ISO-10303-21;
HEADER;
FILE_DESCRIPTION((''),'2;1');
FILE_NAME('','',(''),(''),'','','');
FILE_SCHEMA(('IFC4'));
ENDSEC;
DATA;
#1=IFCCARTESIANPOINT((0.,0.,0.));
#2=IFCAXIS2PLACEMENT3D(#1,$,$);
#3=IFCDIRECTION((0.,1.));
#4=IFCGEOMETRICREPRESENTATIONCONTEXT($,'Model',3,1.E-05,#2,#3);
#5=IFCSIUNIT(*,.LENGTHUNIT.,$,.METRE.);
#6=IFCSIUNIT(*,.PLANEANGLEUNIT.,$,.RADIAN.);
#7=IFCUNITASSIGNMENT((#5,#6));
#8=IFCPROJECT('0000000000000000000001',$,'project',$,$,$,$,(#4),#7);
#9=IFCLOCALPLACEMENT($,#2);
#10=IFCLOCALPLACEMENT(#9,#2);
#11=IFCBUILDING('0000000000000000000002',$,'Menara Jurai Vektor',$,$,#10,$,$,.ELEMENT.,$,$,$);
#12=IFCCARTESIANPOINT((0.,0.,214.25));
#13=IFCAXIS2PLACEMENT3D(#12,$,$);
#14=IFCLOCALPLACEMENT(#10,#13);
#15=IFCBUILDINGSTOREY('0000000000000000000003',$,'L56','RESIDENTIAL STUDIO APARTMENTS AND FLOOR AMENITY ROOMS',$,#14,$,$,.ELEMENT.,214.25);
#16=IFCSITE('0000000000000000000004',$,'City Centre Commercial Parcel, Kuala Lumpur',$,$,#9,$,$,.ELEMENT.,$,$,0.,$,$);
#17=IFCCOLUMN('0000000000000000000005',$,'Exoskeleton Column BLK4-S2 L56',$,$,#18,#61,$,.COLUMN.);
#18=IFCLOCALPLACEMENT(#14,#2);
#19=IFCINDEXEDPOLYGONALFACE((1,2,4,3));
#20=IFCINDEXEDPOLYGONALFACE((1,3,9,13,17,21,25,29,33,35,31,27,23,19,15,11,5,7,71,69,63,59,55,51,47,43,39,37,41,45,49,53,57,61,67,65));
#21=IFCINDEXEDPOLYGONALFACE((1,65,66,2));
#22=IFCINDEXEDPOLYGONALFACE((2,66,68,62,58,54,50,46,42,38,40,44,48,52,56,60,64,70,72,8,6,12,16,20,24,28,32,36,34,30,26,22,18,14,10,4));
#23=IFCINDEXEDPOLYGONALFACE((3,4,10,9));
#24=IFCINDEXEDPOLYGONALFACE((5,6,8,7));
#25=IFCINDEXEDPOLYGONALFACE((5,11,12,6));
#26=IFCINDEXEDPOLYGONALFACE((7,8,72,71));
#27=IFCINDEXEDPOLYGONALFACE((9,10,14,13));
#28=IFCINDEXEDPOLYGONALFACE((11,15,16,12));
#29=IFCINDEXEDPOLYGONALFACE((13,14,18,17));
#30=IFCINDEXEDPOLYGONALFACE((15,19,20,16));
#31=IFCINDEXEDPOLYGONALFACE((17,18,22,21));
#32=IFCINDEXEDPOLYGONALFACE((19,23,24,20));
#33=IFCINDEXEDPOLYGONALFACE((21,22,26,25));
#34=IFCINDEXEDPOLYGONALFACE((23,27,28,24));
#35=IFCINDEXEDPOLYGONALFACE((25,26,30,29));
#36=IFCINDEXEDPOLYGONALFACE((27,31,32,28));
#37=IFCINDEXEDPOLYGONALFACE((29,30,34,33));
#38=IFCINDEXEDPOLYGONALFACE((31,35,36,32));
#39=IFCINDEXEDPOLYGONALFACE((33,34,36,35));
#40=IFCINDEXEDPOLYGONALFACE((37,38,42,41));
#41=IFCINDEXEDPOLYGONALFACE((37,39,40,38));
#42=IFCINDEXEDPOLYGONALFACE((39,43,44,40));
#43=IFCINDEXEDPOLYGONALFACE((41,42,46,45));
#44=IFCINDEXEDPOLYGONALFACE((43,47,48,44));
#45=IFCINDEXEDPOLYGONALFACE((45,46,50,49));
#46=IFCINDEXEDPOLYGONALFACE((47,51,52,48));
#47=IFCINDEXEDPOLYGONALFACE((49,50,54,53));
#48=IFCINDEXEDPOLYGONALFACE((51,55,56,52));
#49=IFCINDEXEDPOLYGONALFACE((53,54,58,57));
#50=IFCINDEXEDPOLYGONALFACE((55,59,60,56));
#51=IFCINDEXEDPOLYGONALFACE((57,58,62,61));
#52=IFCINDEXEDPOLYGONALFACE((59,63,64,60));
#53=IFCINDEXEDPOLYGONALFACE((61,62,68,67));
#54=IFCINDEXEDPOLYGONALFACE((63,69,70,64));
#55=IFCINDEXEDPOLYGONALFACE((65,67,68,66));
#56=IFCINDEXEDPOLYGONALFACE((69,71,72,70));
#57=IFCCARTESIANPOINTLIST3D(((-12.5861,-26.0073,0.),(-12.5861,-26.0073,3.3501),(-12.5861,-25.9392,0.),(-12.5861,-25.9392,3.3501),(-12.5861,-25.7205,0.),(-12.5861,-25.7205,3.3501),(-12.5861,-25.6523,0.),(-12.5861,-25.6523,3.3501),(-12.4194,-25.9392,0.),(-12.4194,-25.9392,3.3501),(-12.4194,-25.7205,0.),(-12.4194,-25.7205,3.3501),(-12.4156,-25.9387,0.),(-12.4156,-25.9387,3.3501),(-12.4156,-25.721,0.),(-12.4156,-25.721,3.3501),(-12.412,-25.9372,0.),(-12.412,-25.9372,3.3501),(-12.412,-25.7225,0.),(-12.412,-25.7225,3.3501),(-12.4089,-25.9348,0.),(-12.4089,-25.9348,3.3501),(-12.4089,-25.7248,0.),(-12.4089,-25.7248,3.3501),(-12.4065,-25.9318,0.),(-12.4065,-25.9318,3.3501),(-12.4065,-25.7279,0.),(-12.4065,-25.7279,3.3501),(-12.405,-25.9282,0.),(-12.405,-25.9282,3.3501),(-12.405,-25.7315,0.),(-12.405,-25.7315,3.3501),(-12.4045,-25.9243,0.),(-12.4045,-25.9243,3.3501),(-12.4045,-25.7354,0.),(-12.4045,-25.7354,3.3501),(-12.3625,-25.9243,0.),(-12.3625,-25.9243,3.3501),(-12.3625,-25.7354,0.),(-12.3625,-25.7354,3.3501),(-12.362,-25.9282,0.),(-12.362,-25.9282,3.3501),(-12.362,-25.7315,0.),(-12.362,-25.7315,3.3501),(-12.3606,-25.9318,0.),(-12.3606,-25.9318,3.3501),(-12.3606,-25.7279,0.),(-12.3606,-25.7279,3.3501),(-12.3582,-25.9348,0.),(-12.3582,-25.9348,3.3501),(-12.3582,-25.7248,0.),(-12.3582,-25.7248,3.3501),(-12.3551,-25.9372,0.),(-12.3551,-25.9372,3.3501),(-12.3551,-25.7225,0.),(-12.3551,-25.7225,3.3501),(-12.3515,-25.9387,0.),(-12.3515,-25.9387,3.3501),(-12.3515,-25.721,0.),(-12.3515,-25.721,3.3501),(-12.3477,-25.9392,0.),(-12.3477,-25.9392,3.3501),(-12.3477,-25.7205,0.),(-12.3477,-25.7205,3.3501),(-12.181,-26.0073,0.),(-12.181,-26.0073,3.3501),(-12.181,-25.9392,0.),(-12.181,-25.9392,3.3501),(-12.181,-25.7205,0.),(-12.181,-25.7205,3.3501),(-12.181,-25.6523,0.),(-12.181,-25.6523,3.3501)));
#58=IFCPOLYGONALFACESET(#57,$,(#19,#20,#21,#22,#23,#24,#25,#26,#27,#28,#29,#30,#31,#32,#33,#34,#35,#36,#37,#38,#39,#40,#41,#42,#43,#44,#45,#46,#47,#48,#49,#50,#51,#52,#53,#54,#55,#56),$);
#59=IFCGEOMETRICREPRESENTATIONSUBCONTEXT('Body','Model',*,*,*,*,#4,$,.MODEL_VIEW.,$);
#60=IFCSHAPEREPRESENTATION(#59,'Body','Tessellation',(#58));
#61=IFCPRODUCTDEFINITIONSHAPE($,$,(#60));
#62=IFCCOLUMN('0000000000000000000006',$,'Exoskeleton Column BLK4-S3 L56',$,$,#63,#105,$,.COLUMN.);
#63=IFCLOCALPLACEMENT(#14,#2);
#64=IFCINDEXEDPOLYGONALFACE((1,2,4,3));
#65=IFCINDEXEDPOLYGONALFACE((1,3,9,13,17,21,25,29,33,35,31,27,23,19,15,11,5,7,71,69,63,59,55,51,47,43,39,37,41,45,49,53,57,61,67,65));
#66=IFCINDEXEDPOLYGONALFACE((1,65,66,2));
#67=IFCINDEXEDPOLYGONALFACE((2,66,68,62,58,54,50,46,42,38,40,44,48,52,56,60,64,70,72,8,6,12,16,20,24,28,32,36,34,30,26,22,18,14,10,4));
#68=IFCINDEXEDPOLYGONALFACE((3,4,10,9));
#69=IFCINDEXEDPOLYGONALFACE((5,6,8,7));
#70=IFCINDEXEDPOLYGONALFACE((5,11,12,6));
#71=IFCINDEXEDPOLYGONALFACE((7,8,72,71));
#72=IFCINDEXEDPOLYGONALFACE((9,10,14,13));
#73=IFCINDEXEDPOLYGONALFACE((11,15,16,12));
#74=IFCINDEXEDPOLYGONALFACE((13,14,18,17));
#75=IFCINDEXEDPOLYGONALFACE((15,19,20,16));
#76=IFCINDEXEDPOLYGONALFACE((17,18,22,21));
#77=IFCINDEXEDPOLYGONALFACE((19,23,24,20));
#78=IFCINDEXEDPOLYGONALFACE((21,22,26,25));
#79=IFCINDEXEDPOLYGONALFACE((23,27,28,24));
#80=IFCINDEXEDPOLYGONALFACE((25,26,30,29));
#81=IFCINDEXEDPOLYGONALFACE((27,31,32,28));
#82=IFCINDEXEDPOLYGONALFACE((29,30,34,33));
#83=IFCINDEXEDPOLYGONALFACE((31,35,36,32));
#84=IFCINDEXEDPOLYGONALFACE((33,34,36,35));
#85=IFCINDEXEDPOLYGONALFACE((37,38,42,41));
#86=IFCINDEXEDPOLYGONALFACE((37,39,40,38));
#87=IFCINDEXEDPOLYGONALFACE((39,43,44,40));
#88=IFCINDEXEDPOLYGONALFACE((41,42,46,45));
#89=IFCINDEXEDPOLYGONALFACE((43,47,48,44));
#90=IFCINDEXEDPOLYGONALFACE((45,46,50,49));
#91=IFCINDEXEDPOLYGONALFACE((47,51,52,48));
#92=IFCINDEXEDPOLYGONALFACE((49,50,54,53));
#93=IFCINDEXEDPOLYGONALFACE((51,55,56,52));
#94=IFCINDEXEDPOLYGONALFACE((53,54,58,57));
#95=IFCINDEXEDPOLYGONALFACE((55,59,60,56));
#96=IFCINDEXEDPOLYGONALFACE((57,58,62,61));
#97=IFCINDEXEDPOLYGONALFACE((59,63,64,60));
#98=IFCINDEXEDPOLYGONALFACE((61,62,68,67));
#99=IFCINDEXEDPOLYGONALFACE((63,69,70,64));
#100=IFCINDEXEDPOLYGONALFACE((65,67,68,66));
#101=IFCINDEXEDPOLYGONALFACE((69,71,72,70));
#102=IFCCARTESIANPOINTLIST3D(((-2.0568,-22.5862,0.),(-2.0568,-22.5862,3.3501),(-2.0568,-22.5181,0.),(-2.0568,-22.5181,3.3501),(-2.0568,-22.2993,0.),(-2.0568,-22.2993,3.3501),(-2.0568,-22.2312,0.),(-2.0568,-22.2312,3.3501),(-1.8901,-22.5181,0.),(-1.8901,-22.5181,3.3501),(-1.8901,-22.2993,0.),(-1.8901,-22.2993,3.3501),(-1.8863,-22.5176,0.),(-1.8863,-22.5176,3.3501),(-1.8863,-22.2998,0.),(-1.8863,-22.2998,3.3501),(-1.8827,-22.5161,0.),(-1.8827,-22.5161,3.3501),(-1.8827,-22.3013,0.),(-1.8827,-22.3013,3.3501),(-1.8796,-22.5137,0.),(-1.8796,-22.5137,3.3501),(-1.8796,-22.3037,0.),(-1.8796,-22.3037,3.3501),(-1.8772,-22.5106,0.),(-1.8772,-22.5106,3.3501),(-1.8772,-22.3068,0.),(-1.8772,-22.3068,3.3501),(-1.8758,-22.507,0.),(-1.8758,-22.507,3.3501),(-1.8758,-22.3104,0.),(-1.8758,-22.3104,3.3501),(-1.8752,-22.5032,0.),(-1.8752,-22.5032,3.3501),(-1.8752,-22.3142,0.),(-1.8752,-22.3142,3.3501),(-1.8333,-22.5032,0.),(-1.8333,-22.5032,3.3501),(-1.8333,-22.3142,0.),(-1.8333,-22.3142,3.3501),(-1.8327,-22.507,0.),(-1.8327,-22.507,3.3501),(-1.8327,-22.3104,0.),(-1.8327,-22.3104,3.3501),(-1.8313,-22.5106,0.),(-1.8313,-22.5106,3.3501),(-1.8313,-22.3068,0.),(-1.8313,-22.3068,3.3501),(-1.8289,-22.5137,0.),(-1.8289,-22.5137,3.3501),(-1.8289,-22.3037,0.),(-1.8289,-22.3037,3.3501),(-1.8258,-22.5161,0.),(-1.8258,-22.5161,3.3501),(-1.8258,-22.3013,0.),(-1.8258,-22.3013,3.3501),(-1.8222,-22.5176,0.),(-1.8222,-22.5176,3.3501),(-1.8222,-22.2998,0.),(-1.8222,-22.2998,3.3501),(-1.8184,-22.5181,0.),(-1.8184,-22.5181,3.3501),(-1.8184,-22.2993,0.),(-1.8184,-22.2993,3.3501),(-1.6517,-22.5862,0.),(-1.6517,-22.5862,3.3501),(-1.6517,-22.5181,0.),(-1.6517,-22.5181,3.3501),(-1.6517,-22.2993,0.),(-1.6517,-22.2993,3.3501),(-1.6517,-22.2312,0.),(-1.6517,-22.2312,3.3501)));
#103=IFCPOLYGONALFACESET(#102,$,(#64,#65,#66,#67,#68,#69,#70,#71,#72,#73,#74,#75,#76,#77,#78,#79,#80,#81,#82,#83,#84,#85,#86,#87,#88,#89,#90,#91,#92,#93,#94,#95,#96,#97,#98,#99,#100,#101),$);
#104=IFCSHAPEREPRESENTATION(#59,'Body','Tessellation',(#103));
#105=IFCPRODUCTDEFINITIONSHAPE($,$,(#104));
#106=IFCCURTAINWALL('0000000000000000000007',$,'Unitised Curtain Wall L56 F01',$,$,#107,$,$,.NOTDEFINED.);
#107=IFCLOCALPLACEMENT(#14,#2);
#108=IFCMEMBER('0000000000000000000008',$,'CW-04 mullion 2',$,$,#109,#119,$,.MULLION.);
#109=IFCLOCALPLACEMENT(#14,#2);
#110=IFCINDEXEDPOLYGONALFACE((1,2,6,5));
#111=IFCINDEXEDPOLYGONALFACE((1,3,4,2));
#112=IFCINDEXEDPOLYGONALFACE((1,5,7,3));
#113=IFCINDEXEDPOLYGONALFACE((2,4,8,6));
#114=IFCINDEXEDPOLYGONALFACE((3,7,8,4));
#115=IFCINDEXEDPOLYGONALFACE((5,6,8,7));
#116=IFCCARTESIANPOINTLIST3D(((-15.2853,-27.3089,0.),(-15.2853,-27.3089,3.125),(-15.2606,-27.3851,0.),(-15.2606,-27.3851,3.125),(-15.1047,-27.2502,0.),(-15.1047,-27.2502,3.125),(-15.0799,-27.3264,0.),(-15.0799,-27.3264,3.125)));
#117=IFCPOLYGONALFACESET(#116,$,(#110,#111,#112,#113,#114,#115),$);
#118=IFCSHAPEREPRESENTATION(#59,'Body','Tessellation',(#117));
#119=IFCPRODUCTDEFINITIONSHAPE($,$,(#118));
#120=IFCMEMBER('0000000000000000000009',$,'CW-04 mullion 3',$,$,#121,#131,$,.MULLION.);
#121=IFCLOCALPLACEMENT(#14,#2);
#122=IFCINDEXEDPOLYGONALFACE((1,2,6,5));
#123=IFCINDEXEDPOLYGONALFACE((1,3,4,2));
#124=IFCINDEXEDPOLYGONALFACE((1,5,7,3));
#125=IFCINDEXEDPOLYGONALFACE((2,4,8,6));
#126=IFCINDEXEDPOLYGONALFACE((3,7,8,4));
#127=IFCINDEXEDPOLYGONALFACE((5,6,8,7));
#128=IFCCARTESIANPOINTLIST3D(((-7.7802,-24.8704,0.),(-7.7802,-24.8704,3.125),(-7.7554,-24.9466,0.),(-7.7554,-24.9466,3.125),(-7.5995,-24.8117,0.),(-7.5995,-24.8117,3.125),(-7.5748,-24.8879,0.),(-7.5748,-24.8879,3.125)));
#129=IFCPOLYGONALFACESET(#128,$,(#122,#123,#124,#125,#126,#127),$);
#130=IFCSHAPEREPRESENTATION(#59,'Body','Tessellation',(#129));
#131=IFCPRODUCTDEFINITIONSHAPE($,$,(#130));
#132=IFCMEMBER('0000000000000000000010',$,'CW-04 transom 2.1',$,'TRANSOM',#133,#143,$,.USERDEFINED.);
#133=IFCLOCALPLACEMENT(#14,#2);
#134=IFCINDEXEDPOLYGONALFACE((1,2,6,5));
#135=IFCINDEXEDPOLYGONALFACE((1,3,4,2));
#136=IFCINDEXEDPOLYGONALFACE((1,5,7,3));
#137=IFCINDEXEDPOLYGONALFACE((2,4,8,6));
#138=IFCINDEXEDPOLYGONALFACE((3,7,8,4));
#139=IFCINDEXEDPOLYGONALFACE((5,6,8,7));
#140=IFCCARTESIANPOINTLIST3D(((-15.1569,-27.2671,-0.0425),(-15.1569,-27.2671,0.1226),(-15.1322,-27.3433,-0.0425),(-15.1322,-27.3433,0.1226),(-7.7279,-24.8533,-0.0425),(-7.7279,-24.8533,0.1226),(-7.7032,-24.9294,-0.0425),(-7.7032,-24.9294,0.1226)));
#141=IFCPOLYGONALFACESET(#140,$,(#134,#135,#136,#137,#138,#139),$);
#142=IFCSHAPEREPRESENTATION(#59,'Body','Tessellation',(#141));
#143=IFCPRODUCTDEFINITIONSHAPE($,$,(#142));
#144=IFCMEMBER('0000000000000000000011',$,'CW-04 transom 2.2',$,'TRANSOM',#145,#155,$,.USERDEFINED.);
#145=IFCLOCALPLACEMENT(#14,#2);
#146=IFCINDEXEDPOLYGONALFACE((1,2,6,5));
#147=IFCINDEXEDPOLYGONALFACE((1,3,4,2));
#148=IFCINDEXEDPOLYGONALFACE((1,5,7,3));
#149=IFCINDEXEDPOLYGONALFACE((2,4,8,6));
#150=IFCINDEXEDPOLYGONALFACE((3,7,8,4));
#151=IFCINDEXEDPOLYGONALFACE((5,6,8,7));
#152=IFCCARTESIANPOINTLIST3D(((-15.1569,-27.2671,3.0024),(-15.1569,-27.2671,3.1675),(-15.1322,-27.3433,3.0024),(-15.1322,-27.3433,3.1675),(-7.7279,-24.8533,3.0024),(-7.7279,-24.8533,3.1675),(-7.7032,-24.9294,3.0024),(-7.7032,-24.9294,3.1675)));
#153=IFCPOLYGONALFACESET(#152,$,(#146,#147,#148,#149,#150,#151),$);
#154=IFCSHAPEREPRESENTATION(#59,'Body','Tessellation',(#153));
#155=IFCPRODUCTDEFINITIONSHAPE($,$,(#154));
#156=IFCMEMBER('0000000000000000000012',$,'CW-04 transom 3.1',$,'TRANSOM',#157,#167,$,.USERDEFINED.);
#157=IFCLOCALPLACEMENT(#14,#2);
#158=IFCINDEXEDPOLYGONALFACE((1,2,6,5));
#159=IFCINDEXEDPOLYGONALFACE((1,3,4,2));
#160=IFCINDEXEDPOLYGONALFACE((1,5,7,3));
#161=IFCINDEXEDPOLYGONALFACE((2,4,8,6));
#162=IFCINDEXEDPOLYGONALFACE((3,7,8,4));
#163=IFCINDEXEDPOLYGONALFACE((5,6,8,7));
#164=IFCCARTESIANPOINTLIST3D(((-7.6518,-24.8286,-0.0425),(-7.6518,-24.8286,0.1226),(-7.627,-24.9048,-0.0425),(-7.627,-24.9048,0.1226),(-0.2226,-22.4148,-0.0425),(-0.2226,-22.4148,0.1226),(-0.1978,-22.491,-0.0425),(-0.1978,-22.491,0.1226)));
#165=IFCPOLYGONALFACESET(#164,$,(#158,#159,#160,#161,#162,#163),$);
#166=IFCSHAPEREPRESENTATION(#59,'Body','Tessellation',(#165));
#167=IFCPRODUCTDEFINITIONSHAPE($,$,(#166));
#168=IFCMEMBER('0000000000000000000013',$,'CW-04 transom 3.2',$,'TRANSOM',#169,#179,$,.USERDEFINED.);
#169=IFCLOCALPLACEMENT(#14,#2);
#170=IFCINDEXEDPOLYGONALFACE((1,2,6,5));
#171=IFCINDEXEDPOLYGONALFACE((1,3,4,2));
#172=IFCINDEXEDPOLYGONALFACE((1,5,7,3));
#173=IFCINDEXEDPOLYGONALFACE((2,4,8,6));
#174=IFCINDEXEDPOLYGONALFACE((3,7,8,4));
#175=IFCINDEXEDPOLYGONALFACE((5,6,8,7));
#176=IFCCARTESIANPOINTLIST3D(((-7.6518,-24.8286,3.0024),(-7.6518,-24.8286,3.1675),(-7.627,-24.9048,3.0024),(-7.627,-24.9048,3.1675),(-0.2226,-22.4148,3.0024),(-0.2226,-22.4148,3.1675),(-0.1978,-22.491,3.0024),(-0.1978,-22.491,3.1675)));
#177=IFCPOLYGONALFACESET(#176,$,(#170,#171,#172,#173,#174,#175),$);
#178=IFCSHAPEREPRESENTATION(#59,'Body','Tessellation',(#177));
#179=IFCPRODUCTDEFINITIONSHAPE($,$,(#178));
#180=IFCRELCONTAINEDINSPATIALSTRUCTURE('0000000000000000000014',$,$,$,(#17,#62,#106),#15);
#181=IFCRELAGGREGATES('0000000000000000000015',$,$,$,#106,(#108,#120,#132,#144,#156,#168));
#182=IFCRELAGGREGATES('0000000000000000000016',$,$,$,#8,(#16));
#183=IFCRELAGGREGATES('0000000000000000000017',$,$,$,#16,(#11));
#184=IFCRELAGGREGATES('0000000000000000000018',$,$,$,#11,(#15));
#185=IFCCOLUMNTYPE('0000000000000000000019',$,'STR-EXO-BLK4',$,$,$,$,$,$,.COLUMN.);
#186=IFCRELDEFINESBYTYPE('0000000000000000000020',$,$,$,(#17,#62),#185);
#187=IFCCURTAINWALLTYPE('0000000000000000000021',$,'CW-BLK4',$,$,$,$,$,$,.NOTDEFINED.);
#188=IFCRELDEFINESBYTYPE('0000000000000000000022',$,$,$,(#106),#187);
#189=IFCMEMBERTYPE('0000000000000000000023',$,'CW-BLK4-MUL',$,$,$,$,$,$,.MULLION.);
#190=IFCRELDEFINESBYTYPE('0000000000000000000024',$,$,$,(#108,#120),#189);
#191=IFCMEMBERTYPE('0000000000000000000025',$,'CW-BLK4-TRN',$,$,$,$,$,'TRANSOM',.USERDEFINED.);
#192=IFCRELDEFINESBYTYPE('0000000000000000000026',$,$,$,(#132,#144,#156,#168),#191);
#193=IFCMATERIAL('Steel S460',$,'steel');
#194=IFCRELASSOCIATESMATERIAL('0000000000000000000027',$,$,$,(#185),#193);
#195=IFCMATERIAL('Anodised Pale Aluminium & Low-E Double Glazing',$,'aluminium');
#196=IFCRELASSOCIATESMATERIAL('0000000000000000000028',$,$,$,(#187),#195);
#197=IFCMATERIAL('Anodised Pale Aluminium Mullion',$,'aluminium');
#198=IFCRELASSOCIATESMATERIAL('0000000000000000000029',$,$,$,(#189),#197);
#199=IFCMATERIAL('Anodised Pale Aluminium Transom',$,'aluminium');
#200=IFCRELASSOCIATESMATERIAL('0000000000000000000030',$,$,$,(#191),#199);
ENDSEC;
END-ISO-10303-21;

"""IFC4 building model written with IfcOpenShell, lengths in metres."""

from ifc_helpers import new_model, si_unit, direction, frame, origin, origin_2d, place, context, subcontext, project, spatial, rectangle, i_section, extrude, material, material_profile, profile_set, type_object, element, aggregate, save


model = new_model("IFC4")

# Units and contexts
model_context = context("Model", 3, precision=1e-05, world=origin(), true_north=direction((0.0, 1.0)))
body_context = subcontext(model_context, "Body", "Model", "MODEL_VIEW")
ifc_project = project(units=[si_unit("LENGTHUNIT", "METRE"), si_unit("PLANEANGLEUNIT", "RADIAN")], contexts=[model_context])

# Site, building, storey
site_placement = place(None, origin())
site = spatial("IfcSite", under=ifc_project, at=site_placement, Name="City Centre Commercial Parcel, Kuala Lumpur", CompositionType="ELEMENT", RefElevation=0.0)
building_placement = place(site_placement, origin())
building = spatial("IfcBuilding", under=site, at=building_placement, Name="Menara Jurai Vektor", CompositionType="ELEMENT")
storey_placement = place(building_placement, frame((0.0, 0.0, 214.25)))
storey = spatial("IfcBuildingStorey", under=building, at=storey_placement, Name="L56", Description="RESIDENTIAL STUDIO APARTMENTS AND FLOOR AMENITY ROOMS", CompositionType="ELEMENT", Elevation=214.25)

# Columns
ifc_material_1 = material(Name="Steel S460", Category="steel")
ifc_material_profile_1 = material_profile(ifc_material_1, i_section(OverallWidth=0.405, OverallDepth=0.355, WebThickness=0.042, FlangeThickness=0.0681, FilletRadius=0.0149, at=origin_2d()), Name="HD 400x551")
ifc_profile_set_1 = profile_set([ifc_material_profile_1], Name="Steel S460")
column_type = type_object("IfcColumnType", Name="STR-EXO-BLK4", PredefinedType="COLUMN", material=ifc_profile_set_1)
for number, where, z_axis, x_axis, name in (
    (1, (-12.3835, -25.8298, 0.0), (0.0, 0.0, 1.0), (1.0, 0.0, 0.0), "Exoskeleton Column BLK4-S2 L56"),
    (2, (-1.8542, -22.4087, 0.0), (0.0, 0.0, 1.0), (1.0, 0.0, 0.0), "Exoskeleton Column BLK4-S3 L56"),
):
    element("IfcColumn", number, at=place(storey_placement, frame(where, z_axis=z_axis, x_axis=x_axis)), inside=storey, type_object=column_type, Name=name, PredefinedType="COLUMN", context=body_context, shape_type="SweptSolid", body=[
        extrude(i_section(OverallWidth=0.405, OverallDepth=0.355, WebThickness=0.042, FlangeThickness=0.0681, FilletRadius=0.0149, at=origin_2d()), origin(), (0.0, 0.0, 1.0), 3.3501),
    ])

# Curtain wall, members
ifc_material_2 = material(Name="Anodised Pale Aluminium & Low-E Double Glazing", Category="aluminium")
curtain_wall_type = type_object("IfcCurtainWallType", Name="CW-BLK4", PredefinedType="NOTDEFINED", material=ifc_material_2)
curtain_wall_placement = place(storey_placement, origin())
curtain_wall = element("IfcCurtainWall", 3, at=curtain_wall_placement, inside=storey, type_object=curtain_wall_type, Name="Unitised Curtain Wall L56 F01", PredefinedType="NOTDEFINED")
ifc_material_3 = material(Name="Anodised Pale Aluminium Mullion", Category="aluminium")
ifc_material_profile_2 = material_profile(ifc_material_3, rectangle(XDim=0.0801, YDim=0.1899, at=origin_2d()), Name="ALU MUL 80x190")
ifc_profile_set_2 = profile_set([ifc_material_profile_2], Name="Anodised Pale Aluminium Mullion")
member_type_1 = type_object("IfcMemberType", Name="CW-BLK4-MUL", PredefinedType="MULLION", material=ifc_profile_set_2)
member_1_placement = place(storey_placement, frame((-15.1826, -27.3176, 0.0), z_axis=(0.0, 0.0, 1.0), x_axis=(-0.309017, 0.951056, 0.0)))
member_1 = element("IfcMember", 4, at=member_1_placement, type_object=member_type_1, Name="CW-04 mullion 2", PredefinedType="MULLION", context=body_context, shape_type="SweptSolid", body=[
    extrude(rectangle(XDim=0.0801, YDim=0.1899, at=origin_2d()), origin(), (0.0, 0.0, 1.0), 3.125),
])
member_2_placement = place(storey_placement, frame((-7.6775, -24.8792, 0.0), z_axis=(0.0, 0.0, 1.0), x_axis=(-0.309017, 0.951056, 0.0)))
member_2 = element("IfcMember", 5, at=member_2_placement, type_object=member_type_1, Name="CW-04 mullion 3", PredefinedType="MULLION", context=body_context, shape_type="SweptSolid", body=[
    extrude(rectangle(XDim=0.0801, YDim=0.1899, at=origin_2d()), origin(), (0.0, 0.0, 1.0), 3.125),
])
ifc_material_4 = material(Name="Anodised Pale Aluminium Transom", Category="aluminium")
ifc_material_profile_3 = material_profile(ifc_material_4, rectangle(XDim=0.0801, YDim=0.165, at=origin_2d()), Name="ALU TRN 80x165")
ifc_profile_set_3 = profile_set([ifc_material_profile_3], Name="Anodised Pale Aluminium Transom")
member_type_2 = type_object("IfcMemberType", Name="CW-BLK4-TRN", ElementType="TRANSOM", PredefinedType="USERDEFINED", material=ifc_profile_set_3)
member_3_placement = place(storey_placement, frame((-15.1445, -27.3052, 0.04), z_axis=(0.951056, 0.309018, 0.0), x_axis=(-0.309018, 0.951056, 0.0)))
member_3 = element("IfcMember", 6, at=member_3_placement, type_object=member_type_2, Name="CW-04 transom 2.1", ObjectType="TRANSOM", PredefinedType="USERDEFINED", context=body_context, shape_type="SweptSolid", body=[
    extrude(rectangle(XDim=0.0801, YDim=0.165, at=origin_2d()), origin(), (0.0, 0.0, 1.0), 7.8113),
])
member_4_placement = place(storey_placement, frame((-15.1445, -27.3052, 3.085), z_axis=(0.951056, 0.309018, 0.0), x_axis=(-0.309018, 0.951056, 0.0)))
member_4 = element("IfcMember", 7, at=member_4_placement, type_object=member_type_2, Name="CW-04 transom 2.2", ObjectType="TRANSOM", PredefinedType="USERDEFINED", context=body_context, shape_type="SweptSolid", body=[
    extrude(rectangle(XDim=0.0801, YDim=0.165, at=origin_2d()), origin(), (0.0, 0.0, 1.0), 7.8113),
])
member_5_placement = place(storey_placement, frame((-7.6394, -24.8667, 0.04), z_axis=(0.951059, 0.309008, 0.0), x_axis=(-0.309008, 0.951059, 0.0)))
member_5 = element("IfcMember", 8, at=member_5_placement, type_object=member_type_2, Name="CW-04 transom 3.1", ObjectType="TRANSOM", PredefinedType="USERDEFINED", context=body_context, shape_type="SweptSolid", body=[
    extrude(rectangle(XDim=0.0801, YDim=0.165, at=origin_2d()), origin(), (0.0, 0.0, 1.0), 7.8115),
])
member_6_placement = place(storey_placement, frame((-7.6394, -24.8667, 3.085), z_axis=(0.951059, 0.309008, 0.0), x_axis=(-0.309008, 0.951059, 0.0)))
member_6 = element("IfcMember", 9, at=member_6_placement, type_object=member_type_2, Name="CW-04 transom 3.2", ObjectType="TRANSOM", PredefinedType="USERDEFINED", context=body_context, shape_type="SweptSolid", body=[
    extrude(rectangle(XDim=0.0801, YDim=0.165, at=origin_2d()), origin(), (0.0, 0.0, 1.0), 7.8115),
])

aggregate(curtain_wall, [member_1, member_2, member_3, member_4, member_5, member_6])

save(model, "model.ifc")
